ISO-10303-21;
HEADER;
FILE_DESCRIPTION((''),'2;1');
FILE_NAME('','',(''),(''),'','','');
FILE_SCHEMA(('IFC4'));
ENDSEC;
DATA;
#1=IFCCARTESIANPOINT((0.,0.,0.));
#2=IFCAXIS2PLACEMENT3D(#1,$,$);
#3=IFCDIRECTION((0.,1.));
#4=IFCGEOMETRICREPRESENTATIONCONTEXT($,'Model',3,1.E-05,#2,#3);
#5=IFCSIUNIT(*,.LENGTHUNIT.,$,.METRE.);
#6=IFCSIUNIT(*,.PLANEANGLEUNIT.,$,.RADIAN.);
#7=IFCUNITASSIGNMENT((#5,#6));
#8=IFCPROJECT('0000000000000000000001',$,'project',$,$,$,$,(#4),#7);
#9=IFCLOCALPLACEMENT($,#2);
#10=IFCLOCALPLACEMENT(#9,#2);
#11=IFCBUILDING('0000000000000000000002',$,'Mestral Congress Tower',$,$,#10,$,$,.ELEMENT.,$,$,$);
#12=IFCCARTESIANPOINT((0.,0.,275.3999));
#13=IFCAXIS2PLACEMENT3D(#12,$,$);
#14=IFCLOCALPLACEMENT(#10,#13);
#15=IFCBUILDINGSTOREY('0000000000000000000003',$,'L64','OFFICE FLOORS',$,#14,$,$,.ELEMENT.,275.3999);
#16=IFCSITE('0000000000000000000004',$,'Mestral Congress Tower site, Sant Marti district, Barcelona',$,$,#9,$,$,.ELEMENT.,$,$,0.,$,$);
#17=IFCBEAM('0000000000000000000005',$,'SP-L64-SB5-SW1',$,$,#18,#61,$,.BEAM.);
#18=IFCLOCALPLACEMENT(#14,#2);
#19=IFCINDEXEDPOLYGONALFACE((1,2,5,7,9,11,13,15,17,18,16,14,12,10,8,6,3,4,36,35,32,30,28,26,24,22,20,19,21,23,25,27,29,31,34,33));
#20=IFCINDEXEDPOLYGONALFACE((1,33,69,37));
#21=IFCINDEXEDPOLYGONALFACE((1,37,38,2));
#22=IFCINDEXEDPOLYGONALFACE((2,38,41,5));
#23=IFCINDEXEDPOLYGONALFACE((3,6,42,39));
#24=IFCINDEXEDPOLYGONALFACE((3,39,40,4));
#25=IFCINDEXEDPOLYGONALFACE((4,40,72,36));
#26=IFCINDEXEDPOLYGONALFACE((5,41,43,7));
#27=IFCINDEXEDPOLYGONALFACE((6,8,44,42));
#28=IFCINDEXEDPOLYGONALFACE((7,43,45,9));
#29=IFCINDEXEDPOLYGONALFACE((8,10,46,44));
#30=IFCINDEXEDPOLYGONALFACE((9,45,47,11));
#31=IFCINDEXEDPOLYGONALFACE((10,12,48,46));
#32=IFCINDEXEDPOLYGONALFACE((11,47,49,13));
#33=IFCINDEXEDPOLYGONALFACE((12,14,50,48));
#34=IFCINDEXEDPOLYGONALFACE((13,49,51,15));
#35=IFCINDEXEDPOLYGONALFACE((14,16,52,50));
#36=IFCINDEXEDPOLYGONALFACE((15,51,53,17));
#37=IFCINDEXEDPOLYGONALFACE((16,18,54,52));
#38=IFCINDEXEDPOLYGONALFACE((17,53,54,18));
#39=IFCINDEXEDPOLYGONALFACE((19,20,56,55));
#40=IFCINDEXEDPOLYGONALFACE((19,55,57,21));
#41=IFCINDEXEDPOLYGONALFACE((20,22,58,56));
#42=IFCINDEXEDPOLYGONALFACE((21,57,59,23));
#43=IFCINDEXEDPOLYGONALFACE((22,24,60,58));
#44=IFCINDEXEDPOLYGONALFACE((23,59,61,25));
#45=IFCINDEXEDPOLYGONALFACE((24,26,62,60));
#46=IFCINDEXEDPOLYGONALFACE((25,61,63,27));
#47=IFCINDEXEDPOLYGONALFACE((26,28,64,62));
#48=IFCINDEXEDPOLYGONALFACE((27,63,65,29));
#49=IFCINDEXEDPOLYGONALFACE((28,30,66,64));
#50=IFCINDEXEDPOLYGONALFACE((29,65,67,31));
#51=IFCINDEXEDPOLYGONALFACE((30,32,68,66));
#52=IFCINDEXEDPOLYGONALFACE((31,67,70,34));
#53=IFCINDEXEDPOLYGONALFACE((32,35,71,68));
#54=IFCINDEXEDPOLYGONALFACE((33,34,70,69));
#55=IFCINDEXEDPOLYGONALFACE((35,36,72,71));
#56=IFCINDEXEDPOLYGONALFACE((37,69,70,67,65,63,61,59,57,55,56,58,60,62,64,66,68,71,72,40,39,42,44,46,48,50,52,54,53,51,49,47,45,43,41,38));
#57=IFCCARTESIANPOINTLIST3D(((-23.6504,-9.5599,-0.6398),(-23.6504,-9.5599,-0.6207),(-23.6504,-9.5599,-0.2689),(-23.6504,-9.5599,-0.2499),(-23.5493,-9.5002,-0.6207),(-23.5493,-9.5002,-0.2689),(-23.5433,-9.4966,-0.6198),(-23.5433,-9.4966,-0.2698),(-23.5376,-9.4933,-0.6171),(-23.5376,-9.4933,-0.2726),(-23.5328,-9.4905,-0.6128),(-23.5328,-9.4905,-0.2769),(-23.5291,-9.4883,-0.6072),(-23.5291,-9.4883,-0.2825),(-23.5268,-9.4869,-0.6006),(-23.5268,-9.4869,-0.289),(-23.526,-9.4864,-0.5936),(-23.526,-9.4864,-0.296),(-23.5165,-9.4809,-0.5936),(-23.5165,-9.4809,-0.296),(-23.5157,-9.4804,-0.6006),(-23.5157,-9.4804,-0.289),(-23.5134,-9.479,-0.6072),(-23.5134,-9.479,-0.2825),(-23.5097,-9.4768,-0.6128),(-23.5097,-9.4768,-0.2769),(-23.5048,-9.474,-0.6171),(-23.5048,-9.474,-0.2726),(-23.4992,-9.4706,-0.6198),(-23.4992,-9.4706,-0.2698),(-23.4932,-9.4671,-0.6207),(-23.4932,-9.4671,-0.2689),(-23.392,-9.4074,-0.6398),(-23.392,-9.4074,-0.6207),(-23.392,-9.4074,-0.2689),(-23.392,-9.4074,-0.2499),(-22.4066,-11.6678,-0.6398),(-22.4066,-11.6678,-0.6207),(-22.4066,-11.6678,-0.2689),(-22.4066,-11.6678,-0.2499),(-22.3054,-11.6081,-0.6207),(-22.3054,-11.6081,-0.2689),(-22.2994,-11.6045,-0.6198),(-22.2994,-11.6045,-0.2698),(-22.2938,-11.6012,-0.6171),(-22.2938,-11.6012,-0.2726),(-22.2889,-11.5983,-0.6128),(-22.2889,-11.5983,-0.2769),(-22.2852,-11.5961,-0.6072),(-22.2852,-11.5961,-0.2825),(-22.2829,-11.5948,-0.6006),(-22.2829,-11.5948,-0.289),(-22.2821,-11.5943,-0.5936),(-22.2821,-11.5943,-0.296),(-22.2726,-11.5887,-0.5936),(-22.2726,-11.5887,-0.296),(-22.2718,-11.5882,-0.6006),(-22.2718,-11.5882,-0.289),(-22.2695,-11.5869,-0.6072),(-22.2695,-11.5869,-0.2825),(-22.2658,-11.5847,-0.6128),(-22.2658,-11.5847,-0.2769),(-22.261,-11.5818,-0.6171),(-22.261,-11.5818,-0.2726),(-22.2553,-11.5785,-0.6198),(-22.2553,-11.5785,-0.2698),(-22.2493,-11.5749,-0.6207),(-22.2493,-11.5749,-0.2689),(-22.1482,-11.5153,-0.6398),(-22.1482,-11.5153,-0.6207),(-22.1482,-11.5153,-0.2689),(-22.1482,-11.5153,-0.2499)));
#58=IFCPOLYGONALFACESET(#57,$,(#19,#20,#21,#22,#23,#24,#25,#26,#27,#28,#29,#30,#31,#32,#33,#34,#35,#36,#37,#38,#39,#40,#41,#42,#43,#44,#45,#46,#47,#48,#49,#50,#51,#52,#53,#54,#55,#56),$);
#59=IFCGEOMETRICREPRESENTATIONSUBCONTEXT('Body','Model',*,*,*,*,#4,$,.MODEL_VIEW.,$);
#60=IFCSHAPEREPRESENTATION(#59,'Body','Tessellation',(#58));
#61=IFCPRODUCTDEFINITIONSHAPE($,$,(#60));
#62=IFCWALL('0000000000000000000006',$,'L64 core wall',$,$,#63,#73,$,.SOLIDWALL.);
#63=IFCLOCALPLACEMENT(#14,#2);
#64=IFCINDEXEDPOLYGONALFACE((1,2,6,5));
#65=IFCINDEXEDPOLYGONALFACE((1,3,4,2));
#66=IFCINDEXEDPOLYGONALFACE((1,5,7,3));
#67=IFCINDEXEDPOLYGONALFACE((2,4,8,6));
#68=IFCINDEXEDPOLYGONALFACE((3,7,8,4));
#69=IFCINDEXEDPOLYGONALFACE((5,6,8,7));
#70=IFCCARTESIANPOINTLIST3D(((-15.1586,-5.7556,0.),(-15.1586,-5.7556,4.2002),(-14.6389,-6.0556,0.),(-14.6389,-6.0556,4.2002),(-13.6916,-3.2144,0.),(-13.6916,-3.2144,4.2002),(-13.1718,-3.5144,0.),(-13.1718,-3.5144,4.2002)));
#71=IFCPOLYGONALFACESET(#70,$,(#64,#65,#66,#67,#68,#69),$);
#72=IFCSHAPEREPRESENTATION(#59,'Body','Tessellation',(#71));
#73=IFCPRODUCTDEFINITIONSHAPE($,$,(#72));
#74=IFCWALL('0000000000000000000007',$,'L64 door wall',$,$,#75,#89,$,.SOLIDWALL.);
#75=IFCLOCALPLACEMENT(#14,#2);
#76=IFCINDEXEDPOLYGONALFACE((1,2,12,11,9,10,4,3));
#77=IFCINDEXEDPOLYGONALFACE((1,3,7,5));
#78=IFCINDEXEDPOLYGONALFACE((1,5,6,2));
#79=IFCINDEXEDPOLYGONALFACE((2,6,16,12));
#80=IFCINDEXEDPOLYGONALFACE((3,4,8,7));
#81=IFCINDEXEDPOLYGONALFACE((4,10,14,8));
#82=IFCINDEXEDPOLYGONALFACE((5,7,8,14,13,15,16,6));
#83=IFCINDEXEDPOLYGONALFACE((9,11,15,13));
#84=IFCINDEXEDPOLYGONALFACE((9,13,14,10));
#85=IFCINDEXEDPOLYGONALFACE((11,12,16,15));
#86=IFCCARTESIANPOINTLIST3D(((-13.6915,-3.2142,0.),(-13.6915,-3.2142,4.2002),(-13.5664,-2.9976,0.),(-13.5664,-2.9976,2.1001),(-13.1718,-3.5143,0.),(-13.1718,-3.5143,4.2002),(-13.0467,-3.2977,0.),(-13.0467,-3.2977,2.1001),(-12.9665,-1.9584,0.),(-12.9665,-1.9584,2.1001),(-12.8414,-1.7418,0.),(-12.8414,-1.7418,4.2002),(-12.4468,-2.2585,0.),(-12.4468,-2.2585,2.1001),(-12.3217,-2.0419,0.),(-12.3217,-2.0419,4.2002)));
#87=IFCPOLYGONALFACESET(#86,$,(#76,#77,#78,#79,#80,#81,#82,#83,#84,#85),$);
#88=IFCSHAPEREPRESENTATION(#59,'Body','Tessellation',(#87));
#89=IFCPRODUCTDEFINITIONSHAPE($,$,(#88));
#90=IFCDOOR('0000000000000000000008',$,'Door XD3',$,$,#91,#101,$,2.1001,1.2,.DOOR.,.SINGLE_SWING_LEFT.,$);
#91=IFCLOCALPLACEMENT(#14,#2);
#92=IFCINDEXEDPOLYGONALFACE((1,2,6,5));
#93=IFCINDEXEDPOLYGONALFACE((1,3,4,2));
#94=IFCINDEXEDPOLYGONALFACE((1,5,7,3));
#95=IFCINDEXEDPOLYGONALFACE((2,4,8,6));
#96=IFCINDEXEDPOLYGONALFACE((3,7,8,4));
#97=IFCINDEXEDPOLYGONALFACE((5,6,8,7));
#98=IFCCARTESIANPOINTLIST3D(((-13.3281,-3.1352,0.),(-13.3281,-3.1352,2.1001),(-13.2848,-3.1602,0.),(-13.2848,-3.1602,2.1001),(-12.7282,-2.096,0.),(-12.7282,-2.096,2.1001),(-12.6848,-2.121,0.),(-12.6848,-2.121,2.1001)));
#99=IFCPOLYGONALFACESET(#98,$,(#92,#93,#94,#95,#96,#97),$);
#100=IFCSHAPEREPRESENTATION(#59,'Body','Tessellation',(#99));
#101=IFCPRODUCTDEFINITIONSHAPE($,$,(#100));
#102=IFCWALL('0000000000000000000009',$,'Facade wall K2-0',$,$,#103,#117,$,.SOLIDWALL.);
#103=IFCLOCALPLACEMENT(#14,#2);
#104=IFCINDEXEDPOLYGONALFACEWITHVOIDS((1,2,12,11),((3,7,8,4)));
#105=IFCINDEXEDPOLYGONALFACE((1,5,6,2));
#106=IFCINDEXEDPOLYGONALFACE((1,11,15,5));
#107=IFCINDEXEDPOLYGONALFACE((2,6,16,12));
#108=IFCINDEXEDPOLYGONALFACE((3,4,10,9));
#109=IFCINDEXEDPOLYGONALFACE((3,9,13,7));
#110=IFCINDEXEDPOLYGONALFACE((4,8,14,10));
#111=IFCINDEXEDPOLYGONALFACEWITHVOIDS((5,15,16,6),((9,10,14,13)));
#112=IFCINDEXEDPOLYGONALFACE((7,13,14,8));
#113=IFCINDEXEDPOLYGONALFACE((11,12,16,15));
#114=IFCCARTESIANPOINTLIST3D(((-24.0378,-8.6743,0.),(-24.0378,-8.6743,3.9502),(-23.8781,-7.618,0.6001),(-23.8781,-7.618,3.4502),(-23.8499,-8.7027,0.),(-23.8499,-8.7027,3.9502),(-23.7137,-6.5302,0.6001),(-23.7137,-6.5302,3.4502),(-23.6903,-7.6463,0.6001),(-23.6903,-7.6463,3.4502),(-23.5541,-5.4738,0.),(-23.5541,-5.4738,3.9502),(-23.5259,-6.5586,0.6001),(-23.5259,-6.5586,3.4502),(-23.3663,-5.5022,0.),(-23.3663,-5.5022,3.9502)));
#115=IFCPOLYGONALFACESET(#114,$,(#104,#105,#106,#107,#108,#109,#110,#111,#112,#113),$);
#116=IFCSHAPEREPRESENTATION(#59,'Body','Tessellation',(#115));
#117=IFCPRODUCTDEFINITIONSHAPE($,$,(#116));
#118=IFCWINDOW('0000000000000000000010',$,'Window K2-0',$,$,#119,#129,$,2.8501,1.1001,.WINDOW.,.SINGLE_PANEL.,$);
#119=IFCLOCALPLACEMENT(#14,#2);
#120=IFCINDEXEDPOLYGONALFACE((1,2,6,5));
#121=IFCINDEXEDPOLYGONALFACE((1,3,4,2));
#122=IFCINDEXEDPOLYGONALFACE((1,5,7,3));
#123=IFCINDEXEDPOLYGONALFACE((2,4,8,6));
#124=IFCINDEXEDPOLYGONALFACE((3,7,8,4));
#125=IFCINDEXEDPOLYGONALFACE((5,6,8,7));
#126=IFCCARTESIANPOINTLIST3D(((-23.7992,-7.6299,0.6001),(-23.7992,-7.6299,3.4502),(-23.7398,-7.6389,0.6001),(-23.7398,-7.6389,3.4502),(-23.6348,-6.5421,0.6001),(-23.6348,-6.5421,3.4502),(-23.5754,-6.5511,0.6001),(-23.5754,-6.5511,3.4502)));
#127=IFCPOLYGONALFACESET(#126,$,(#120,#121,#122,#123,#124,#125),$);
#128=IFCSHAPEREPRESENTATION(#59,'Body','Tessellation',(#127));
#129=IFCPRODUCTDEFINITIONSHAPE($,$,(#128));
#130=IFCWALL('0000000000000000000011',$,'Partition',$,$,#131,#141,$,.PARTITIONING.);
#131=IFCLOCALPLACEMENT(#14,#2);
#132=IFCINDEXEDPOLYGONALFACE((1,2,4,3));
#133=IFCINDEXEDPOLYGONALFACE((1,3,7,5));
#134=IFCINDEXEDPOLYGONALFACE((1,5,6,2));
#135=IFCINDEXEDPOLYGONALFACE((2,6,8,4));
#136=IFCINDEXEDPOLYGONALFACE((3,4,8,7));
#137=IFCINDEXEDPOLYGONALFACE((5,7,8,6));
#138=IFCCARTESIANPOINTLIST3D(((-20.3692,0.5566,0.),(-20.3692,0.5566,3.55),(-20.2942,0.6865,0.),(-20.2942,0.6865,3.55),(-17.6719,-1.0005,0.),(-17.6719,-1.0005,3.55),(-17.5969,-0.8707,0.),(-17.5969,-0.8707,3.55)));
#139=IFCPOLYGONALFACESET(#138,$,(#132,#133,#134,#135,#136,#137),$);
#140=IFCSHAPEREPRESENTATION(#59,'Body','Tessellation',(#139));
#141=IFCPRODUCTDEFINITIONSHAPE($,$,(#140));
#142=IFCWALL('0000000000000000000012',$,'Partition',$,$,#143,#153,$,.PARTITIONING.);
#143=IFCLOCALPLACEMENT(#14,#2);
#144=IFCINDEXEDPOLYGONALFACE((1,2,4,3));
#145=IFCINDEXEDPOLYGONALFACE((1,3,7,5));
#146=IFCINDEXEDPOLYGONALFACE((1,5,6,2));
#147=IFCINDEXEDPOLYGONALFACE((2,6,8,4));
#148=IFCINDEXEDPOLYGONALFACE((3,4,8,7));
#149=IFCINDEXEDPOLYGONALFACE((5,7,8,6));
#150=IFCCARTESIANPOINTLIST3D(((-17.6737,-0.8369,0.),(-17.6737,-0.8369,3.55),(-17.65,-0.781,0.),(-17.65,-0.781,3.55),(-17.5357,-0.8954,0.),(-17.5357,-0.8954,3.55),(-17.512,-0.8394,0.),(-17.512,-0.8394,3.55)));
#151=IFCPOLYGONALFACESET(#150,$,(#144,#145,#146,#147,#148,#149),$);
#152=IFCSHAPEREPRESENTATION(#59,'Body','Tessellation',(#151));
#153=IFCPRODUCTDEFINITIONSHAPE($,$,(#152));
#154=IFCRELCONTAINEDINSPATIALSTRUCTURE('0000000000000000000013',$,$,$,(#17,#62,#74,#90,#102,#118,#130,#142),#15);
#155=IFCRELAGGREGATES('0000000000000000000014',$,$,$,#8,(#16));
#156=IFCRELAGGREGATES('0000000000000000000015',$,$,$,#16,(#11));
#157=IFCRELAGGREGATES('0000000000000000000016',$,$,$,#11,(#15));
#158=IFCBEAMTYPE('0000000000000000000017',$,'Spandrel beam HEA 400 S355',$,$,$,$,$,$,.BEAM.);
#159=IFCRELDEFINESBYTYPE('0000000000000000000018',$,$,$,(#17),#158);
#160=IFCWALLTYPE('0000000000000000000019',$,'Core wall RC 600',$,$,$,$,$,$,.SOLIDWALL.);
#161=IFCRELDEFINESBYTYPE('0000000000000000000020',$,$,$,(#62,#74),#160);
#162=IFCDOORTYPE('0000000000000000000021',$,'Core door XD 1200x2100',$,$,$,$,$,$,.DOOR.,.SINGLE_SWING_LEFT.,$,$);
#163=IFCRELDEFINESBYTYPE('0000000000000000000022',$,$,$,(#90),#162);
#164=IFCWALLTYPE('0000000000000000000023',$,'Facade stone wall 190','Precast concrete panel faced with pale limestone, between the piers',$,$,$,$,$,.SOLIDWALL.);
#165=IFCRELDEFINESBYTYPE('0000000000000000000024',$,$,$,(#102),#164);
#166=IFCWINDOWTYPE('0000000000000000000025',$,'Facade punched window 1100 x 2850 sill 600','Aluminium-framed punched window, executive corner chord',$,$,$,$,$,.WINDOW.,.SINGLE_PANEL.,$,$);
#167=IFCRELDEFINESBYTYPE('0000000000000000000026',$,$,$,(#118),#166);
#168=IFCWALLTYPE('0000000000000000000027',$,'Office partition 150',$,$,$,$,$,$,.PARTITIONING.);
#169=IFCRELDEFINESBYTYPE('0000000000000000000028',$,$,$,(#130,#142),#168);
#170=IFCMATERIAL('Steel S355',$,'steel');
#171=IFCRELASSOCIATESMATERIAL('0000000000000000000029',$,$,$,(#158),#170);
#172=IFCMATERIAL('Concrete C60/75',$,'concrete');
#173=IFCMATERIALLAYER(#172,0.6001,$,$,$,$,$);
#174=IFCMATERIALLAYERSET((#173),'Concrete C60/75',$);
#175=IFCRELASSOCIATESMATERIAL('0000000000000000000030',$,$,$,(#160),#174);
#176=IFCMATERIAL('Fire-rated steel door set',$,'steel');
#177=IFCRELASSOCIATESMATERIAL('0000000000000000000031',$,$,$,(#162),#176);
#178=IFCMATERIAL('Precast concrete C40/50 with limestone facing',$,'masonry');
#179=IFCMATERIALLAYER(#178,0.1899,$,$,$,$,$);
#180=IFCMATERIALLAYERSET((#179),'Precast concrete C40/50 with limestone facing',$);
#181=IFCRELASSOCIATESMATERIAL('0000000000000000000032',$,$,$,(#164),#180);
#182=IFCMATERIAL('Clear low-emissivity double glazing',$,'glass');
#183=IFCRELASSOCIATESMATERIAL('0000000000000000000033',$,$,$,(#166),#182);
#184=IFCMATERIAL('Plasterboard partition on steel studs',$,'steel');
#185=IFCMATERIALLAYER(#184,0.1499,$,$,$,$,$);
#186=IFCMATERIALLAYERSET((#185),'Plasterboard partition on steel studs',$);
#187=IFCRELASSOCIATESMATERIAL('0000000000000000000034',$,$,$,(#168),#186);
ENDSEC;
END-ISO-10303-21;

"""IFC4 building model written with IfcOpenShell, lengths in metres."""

from ifc_helpers import new_model, si_unit, direction, frame, frame_2d, origin, origin_2d, place, context, subcontext, project, spatial, rectangle, i_section, extrude, material, layer, layer_set, material_profile, profile_set, type_object, element, fill, save


model = new_model("IFC4")

# Units and contexts
model_context = context("Model", 3, precision=1e-05, world=origin(), true_north=direction((0.0, 1.0)))
body_context = subcontext(model_context, "Body", "Model", "MODEL_VIEW")
ifc_project = project(units=[si_unit("LENGTHUNIT", "METRE"), si_unit("PLANEANGLEUNIT", "RADIAN")], contexts=[model_context])

# Site, building, storey
site_placement = place(None, origin())
site = spatial("IfcSite", under=ifc_project, at=site_placement, Name="Mestral Congress Tower site, Sant Marti district, Barcelona", CompositionType="ELEMENT", RefElevation=0.0)
building_placement = place(site_placement, origin())
building = spatial("IfcBuilding", under=site, at=building_placement, Name="Mestral Congress Tower", CompositionType="ELEMENT")
storey_placement = place(building_placement, frame((0.0, 0.0, 275.3999)))
storey = spatial("IfcBuildingStorey", under=building, at=storey_placement, Name="L64", Description="OFFICE FLOORS", CompositionType="ELEMENT", Elevation=275.3999)

# Shared definitions
ifc_material_1 = material(Name="Concrete C60/75", Category="concrete")

# Beam
ifc_material_2 = material(Name="Steel S355", Category="steel")
ifc_material_profile_1 = material_profile(ifc_material_2, i_section(OverallWidth=0.3, OverallDepth=0.3899, WebThickness=0.011, FlangeThickness=0.019, FilletRadius=0.0271, at=origin_2d()), Name="HEA 400")
ifc_profile_set_1 = profile_set([ifc_material_profile_1], Name="Steel S355")
beam_type_1 = type_object("IfcBeamType", Name="Spandrel beam HEA 400 S355", PredefinedType="BEAM", material=ifc_profile_set_1)
beam_1_placement = place(storey_placement, frame((-23.5212, -9.4836, -0.4448), z_axis=(0.508218, -0.861228, 0.0), x_axis=(0.861228, 0.508218, 0.0)))
element("IfcBeam", 1, at=beam_1_placement, inside=storey, type_object=beam_type_1, Name="SP-L64-SB5-SW1", PredefinedType="BEAM", context=body_context, shape_type="SweptSolid", body=[
    extrude(i_section(OverallWidth=0.3, OverallDepth=0.3899, WebThickness=0.011, FlangeThickness=0.019, FilletRadius=0.0271, at=origin_2d()), origin(), (0.0, 0.0, 1.0), 2.4475),
])

# Wall
ifc_layer_1 = layer(ifc_material_1, 0.6001)
ifc_layer_set_1 = layer_set([ifc_layer_1], Name="Concrete C60/75")
wall_type_1 = type_object("IfcWallType", Name="Core wall RC 600", PredefinedType="SOLIDWALL", material=ifc_layer_set_1)
wall_1_placement = place(storey_placement, frame((-13.4316, -3.3643, 0.0), z_axis=(0.0, 0.0, 1.0), x_axis=(-0.49996, -0.866048, 0.0)))
element("IfcWall", 2, at=wall_1_placement, inside=storey, type_object=wall_type_1, Name="L64 core wall", PredefinedType="SOLIDWALL", context=body_context, shape_type="SweptSolid", body=[
    extrude(rectangle(XDim=2.9343, YDim=0.6001, at=frame_2d((1.4673, 0.0))), origin(), (0.0, 0.0, 1.0), 4.2002),
])

# Wall, opening, door
wall_2_placement = place(storey_placement, frame((-13.4316, -3.3643, 0.0), z_axis=(0.0, 0.0, 1.0), x_axis=(0.5, 0.866025, 0.0)))
wall_2 = element("IfcWall", 3, at=wall_2_placement, inside=storey, type_object=wall_type_1, Name="L64 door wall", PredefinedType="SOLIDWALL", context=body_context, shape_type="SweptSolid", body=[
    extrude(rectangle(XDim=1.7002, YDim=0.6001, at=frame_2d((0.8501, 0.0))), origin(), (0.0, 0.0, 1.0), 4.2002),
])
opening_1_placement = place(wall_2_placement, frame((0.25, 0.0, 0.0)))
opening_1 = element("IfcOpeningElement", 4, at=opening_1_placement, cuts=wall_2, PredefinedType="OPENING", context=body_context, shape_type="SweptSolid", body=[
    extrude(rectangle(XDim=1.2, YDim=2.1001, at=frame_2d((0.6001, 1.05))), frame((0.0, 0.3101, 0.0), z_axis=(0.0, -1.0, 0.0), x_axis=(1.0, 0.0, 0.0)), (0.0, 0.0, 1.0), 0.6201),
])
ifc_material_3 = material(Name="Fire-rated steel door set", Category="steel")
door_type_1 = type_object("IfcDoorType", Name="Core door XD 1200x2100", OperationType="SINGLE_SWING_LEFT", PredefinedType="DOOR", material=ifc_material_3)
door_1_placement = place(opening_1_placement, origin())
door_1 = element("IfcDoor", 5, at=door_1_placement, inside=storey, type_object=door_type_1, Name="Door XD3", OperationType="SINGLE_SWING_LEFT", OverallHeight=2.1001, OverallWidth=1.2, PredefinedType="DOOR", context=body_context, shape_type="SweptSolid", body=[
    extrude(rectangle(XDim=1.2, YDim=2.1001, at=frame_2d((0.6001, 1.05))), frame((0.0, 0.0249, 0.0), z_axis=(0.0, -1.0, 0.0), x_axis=(1.0, 0.0, 0.0)), (0.0, 0.0, 1.0), 0.05),
])
fill(opening_1, door_1)

# Wall, opening, window
ifc_material_4 = material(Name="Precast concrete C40/50 with limestone facing", Category="masonry")
ifc_layer_2 = layer(ifc_material_4, 0.1899)
ifc_layer_set_2 = layer_set([ifc_layer_2], Name="Precast concrete C40/50 with limestone facing")
wall_type_2 = type_object("IfcWallType", Name="Facade stone wall 190", Description="Precast concrete panel faced with pale limestone, between the piers", PredefinedType="SOLIDWALL", material=ifc_layer_set_2)
wall_3_placement = place(storey_placement, frame((-23.4602, -5.488, 0.0), z_axis=(0.0, 0.0, 1.0), x_axis=(-0.149421, -0.988774, 0.0)))
wall_3 = element("IfcWall", 6, at=wall_3_placement, inside=storey, type_object=wall_type_2, Name="Facade wall K2-0", PredefinedType="SOLIDWALL", context=body_context, shape_type="SweptSolid", body=[
    extrude(rectangle(XDim=3.2368, YDim=0.1899, at=frame_2d((1.6184, 0.0))), origin(), (0.0, 0.0, 1.0), 3.9502),
])
opening_2_placement = place(wall_3_placement, frame((1.0684, 0.0, 0.6001)))
opening_2 = element("IfcOpeningElement", 7, at=opening_2_placement, cuts=wall_3, PredefinedType="OPENING", context=body_context, shape_type="SweptSolid", body=[
    extrude(rectangle(XDim=1.1001, YDim=2.8501, at=frame_2d((0.55, 1.425))), frame((0.0, 0.105, 0.0), z_axis=(0.0, -1.0, 0.0), x_axis=(1.0, 0.0, 0.0)), (0.0, 0.0, 1.0), 0.21),
])
ifc_material_5 = material(Name="Clear low-emissivity double glazing", Category="glass")
window_type = type_object("IfcWindowType", Name="Facade punched window 1100 x 2850 sill 600", Description="Aluminium-framed punched window, executive corner chord", PartitioningType="SINGLE_PANEL", PredefinedType="WINDOW", material=ifc_material_5)
window_placement = place(opening_2_placement, origin())
window = element("IfcWindow", 8, at=window_placement, inside=storey, type_object=window_type, Name="Window K2-0", OverallHeight=2.8501, OverallWidth=1.1001, PartitioningType="SINGLE_PANEL", PredefinedType="WINDOW", context=body_context, shape_type="SweptSolid", body=[
    extrude(rectangle(XDim=1.1001, YDim=2.8501, at=frame_2d((0.55, 1.425))), frame((0.0, 0.0449, 0.0), z_axis=(0.0, -1.0, 0.0), x_axis=(1.0, 0.0, 0.0)), (0.0, 0.0, 1.0), 0.0601),
])
fill(opening_2, window)

# Walls
ifc_material_6 = material(Name="Plasterboard partition on steel studs", Category="steel")
ifc_layer_3 = layer(ifc_material_6, 0.1499)
ifc_layer_set_3 = layer_set([ifc_layer_3], Name="Plasterboard partition on steel studs")
wall_type_3 = type_object("IfcWallType", Name="Office partition 150", PredefinedType="PARTITIONING", material=ifc_layer_set_3)
wall_4_placement = place(storey_placement, frame((-17.6345, -0.9355, 0.0), z_axis=(0.0, 0.0, 1.0), x_axis=(-0.866045, 0.499967, 0.0)))
element("IfcWall", 9, at=wall_4_placement, inside=storey, type_object=wall_type_3, Name="Partition", PredefinedType="PARTITIONING", context=body_context, shape_type="SweptSolid", body=[
    extrude(rectangle(XDim=3.1145, YDim=0.1499, at=frame_2d((1.5571, 0.0))), origin(), (0.0, 0.0, 1.0), 3.55),
])
wall_5_placement = place(storey_placement, frame((-17.5811, -0.8103, 0.0), z_axis=(0.0, 0.0, 1.0), x_axis=(-0.390033, -0.920801, 0.0)))
element("IfcWall", 10, at=wall_5_placement, inside=storey, type_object=wall_type_3, Name="Partition", PredefinedType="PARTITIONING", context=body_context, shape_type="SweptSolid", body=[
    extrude(rectangle(XDim=0.0608, YDim=0.1499, at=frame_2d((0.0303, 0.0))), origin(), (0.0, 0.0, 1.0), 3.55),
])

save(model, "model.ifc")
